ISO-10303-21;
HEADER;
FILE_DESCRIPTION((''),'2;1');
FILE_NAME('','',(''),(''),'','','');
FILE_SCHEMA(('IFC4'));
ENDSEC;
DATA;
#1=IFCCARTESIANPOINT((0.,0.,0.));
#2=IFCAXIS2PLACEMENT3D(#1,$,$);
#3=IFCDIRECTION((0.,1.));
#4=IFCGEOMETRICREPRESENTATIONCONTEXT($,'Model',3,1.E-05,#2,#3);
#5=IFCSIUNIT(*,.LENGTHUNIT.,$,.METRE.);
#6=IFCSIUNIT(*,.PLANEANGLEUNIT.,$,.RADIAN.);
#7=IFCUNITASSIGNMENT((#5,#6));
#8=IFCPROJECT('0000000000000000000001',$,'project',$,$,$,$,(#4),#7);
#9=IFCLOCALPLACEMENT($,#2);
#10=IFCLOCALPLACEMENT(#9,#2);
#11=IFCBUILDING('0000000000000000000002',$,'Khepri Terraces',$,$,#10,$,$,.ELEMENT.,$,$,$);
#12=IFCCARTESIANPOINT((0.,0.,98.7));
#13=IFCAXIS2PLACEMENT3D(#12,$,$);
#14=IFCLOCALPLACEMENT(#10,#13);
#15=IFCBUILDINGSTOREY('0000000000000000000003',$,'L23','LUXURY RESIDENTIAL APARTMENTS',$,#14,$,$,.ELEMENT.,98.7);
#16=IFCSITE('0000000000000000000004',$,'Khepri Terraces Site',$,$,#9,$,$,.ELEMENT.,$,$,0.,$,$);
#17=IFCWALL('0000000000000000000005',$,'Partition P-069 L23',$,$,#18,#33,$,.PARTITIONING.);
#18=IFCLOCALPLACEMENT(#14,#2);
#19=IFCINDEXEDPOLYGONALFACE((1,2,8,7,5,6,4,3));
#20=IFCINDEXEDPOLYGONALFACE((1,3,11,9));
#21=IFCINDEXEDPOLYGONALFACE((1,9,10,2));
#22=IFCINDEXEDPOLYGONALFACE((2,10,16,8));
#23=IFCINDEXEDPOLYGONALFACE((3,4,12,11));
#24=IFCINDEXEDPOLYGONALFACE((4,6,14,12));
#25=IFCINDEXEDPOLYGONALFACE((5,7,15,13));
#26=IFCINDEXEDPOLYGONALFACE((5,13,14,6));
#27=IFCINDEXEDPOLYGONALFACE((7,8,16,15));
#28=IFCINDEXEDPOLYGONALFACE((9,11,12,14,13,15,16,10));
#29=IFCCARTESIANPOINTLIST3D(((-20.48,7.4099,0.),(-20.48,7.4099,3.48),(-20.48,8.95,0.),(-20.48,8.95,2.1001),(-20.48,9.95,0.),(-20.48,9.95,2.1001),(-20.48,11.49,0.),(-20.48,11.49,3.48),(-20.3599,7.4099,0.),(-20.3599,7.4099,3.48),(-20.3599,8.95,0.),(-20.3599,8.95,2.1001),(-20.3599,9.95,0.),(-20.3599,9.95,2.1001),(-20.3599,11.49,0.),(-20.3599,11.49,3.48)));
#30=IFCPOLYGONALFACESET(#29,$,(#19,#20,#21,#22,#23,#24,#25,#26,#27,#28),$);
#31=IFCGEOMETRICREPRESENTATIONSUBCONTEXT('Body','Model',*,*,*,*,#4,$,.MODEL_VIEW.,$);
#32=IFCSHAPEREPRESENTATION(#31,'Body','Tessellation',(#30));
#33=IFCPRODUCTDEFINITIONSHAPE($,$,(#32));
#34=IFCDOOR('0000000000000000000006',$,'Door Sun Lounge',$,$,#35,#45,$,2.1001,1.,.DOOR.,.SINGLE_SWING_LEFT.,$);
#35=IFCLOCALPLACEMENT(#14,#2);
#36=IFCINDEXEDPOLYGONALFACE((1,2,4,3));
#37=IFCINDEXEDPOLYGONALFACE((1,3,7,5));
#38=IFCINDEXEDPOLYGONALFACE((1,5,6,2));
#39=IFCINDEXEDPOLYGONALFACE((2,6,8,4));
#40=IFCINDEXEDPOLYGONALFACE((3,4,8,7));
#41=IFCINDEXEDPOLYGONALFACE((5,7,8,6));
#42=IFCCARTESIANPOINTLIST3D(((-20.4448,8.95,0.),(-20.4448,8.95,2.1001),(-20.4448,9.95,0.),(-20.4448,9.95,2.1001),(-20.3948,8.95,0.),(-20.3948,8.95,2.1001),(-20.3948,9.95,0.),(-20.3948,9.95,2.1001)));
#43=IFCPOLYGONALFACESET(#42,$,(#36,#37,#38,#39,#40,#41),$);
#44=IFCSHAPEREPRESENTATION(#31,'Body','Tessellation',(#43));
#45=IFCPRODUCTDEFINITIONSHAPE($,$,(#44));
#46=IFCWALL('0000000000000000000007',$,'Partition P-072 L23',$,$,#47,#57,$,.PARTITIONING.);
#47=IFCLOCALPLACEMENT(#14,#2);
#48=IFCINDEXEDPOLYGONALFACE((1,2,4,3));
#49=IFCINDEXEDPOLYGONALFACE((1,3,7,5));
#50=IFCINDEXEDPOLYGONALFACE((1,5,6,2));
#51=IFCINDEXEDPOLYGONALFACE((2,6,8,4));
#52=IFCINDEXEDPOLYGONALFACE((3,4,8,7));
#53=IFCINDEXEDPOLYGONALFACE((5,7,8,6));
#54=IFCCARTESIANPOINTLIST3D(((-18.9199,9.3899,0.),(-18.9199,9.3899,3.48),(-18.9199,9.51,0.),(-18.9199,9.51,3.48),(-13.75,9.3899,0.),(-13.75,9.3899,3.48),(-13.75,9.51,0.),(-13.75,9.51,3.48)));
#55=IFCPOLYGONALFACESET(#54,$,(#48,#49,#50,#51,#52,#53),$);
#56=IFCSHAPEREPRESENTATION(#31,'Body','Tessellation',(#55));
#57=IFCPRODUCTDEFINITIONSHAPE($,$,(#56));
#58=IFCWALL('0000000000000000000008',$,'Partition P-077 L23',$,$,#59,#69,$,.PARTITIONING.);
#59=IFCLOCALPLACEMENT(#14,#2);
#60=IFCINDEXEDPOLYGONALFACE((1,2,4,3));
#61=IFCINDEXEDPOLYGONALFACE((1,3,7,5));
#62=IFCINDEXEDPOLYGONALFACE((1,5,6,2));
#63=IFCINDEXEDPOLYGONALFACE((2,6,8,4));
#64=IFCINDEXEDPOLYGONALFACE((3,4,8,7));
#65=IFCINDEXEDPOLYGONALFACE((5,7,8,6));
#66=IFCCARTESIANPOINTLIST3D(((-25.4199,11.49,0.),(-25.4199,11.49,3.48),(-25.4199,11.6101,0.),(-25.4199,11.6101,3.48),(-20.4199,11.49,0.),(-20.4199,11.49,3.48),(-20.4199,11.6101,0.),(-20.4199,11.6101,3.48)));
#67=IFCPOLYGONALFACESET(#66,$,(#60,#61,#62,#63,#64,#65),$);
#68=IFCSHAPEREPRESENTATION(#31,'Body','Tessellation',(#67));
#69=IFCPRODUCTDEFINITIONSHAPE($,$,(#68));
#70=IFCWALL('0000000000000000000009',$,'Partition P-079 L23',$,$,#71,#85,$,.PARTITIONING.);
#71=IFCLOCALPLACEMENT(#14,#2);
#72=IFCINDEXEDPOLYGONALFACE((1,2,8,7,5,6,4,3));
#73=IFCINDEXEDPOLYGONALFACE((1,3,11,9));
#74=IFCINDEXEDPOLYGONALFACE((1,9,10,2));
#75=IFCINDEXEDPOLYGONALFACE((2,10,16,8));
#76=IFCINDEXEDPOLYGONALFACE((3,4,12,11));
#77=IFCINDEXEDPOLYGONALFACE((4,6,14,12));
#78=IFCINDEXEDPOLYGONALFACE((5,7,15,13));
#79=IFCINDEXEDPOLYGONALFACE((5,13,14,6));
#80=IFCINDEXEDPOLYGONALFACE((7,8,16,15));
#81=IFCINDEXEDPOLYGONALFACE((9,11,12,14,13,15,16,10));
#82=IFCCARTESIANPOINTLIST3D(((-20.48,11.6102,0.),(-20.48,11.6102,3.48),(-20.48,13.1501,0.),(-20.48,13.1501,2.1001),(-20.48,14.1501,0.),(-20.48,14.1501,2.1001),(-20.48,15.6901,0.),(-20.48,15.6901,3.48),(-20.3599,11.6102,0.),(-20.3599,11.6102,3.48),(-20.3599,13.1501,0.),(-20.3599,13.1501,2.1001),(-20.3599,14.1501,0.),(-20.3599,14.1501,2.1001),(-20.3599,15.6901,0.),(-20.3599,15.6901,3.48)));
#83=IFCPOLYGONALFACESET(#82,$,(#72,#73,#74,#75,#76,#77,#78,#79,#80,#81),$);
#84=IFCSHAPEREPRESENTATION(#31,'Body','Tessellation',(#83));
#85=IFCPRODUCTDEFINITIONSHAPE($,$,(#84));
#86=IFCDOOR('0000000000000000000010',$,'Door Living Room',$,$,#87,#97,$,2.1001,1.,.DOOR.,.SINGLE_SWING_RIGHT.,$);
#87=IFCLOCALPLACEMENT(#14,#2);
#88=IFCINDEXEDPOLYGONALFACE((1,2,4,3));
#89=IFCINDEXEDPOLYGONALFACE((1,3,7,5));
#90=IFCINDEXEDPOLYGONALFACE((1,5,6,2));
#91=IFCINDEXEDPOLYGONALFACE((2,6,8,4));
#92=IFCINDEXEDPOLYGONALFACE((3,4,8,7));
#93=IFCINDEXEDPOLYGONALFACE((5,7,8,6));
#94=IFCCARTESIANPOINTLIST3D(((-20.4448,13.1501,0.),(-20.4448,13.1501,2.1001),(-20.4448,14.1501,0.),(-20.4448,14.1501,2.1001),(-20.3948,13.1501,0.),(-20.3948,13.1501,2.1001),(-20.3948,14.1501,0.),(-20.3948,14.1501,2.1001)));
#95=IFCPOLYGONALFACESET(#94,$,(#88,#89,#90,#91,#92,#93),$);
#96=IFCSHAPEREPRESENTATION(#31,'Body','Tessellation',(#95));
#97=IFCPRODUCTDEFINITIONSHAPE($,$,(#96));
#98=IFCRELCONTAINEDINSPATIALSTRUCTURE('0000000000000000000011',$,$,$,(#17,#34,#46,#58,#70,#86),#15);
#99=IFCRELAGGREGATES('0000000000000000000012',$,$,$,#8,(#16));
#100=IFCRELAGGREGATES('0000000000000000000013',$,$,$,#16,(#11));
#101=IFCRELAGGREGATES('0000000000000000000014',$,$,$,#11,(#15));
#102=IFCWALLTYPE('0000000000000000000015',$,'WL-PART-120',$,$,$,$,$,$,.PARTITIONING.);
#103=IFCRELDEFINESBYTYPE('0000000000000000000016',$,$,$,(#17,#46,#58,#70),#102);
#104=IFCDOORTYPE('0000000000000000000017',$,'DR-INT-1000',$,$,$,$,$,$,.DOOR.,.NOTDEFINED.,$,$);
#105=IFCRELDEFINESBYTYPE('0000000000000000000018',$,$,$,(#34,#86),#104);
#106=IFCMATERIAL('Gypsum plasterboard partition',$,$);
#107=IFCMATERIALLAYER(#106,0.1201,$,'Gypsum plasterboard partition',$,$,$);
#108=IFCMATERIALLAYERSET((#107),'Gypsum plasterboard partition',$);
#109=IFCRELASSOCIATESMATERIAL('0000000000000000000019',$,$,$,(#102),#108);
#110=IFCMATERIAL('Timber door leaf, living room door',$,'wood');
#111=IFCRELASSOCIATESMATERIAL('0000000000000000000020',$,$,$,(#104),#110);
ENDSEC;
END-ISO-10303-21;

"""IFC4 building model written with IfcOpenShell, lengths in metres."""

from ifc_helpers import new_model, si_unit, direction, frame, frame_2d, origin, place, context, subcontext, project, spatial, rectangle, extrude, material, layer, layer_set, type_object, element, fill, save


model = new_model("IFC4")

# Units and contexts
model_context = context("Model", 3, precision=1e-05, world=origin(), true_north=direction((0.0, 1.0)))
body_context = subcontext(model_context, "Body", "Model", "MODEL_VIEW")
ifc_project = project(units=[si_unit("LENGTHUNIT", "METRE"), si_unit("PLANEANGLEUNIT", "RADIAN")], contexts=[model_context])

# Site, building, storey
site_placement = place(None, origin())
site = spatial("IfcSite", under=ifc_project, at=site_placement, Name="Khepri Terraces Site", CompositionType="ELEMENT", RefElevation=0.0)
building_placement = place(site_placement, origin())
building = spatial("IfcBuilding", under=site, at=building_placement, Name="Khepri Terraces", CompositionType="ELEMENT")
storey_placement = place(building_placement, frame((0.0, 0.0, 98.7)))
storey = spatial("IfcBuildingStorey", under=building, at=storey_placement, Name="L23", Description="LUXURY RESIDENTIAL APARTMENTS", CompositionType="ELEMENT", Elevation=98.7)

# Shared definitions
ifc_material_1 = material(Name="Gypsum plasterboard partition")
ifc_layer_1 = layer(ifc_material_1, 0.1201, Name="Gypsum plasterboard partition")
ifc_layer_set_1 = layer_set([ifc_layer_1], Name="Gypsum plasterboard partition")
wall_type_1 = type_object("IfcWallType", Name="WL-PART-120", PredefinedType="PARTITIONING", material=ifc_layer_set_1)

# Wall, opening, door
wall_1_placement = place(storey_placement, frame((-20.4199, 7.4099, 0.0), z_axis=(0.0, 0.0, 1.0), x_axis=(0.0, 1.0, 0.0)))
wall_1 = element("IfcWall", 1, at=wall_1_placement, inside=storey, type_object=wall_type_1, Name="Partition P-069 L23", PredefinedType="PARTITIONING", context=body_context, shape_type="SweptSolid", body=[
    extrude(rectangle(XDim=4.0801, YDim=0.1201, at=frame_2d((2.04, 0.0))), origin(), (0.0, 0.0, 1.0), 3.48),
])
opening_1_placement = place(wall_1_placement, frame((1.54, 0.0, 0.0)))
opening_1 = element("IfcOpeningElement", 2, at=opening_1_placement, cuts=wall_1, PredefinedType="OPENING", context=body_context, shape_type="SweptSolid", body=[
    extrude(rectangle(XDim=1.0, YDim=2.1001, at=frame_2d((0.5, 1.05))), frame((0.0, 0.0701, 0.0), z_axis=(0.0, -1.0, 0.0), x_axis=(1.0, 0.0, 0.0)), (0.0, 0.0, 1.0), 0.1401),
])
ifc_material_2 = material(Name="Timber door leaf, living room door", Category="wood")
door_type_1 = type_object("IfcDoorType", Name="DR-INT-1000", OperationType="NOTDEFINED", PredefinedType="DOOR", material=ifc_material_2)
door_1_placement = place(opening_1_placement, origin())
door_1 = element("IfcDoor", 3, at=door_1_placement, inside=storey, type_object=door_type_1, Name="Door Sun Lounge", OperationType="SINGLE_SWING_LEFT", OverallHeight=2.1001, OverallWidth=1.0, PredefinedType="DOOR", context=body_context, shape_type="SweptSolid", body=[
    extrude(rectangle(XDim=1.0, YDim=2.1001, at=frame_2d((0.5, 1.05))), frame((0.0, 0.0249, 0.0), z_axis=(0.0, -1.0, 0.0), x_axis=(1.0, 0.0, 0.0)), (0.0, 0.0, 1.0), 0.05),
])
fill(opening_1, door_1)

# Walls
wall_2_placement = place(storey_placement, frame((-18.9199, 9.45, 0.0), z_axis=(0.0, 0.0, 1.0), x_axis=(1.0, 0.0, 0.0)))
element("IfcWall", 4, at=wall_2_placement, inside=storey, type_object=wall_type_1, Name="Partition P-072 L23", PredefinedType="PARTITIONING", context=body_context, shape_type="SweptSolid", body=[
    extrude(rectangle(XDim=5.1699, YDim=0.1201, at=frame_2d((2.585, 0.0))), origin(), (0.0, 0.0, 1.0), 3.48),
])
wall_3_placement = place(storey_placement, frame((-25.4199, 11.55, 0.0), z_axis=(0.0, 0.0, 1.0), x_axis=(1.0, 0.0, 0.0)))
element("IfcWall", 5, at=wall_3_placement, inside=storey, type_object=wall_type_1, Name="Partition P-077 L23", PredefinedType="PARTITIONING", context=body_context, shape_type="SweptSolid", body=[
    extrude(rectangle(XDim=5.0, YDim=0.1201, at=frame_2d((2.5, 0.0))), origin(), (0.0, 0.0, 1.0), 3.48),
])

# Wall, opening, door
wall_4_placement = place(storey_placement, frame((-20.4199, 11.6101, 0.0), z_axis=(0.0, 0.0, 1.0), x_axis=(0.0, 1.0, 0.0)))
wall_4 = element("IfcWall", 6, at=wall_4_placement, inside=storey, type_object=wall_type_1, Name="Partition P-079 L23", PredefinedType="PARTITIONING", context=body_context, shape_type="SweptSolid", body=[
    extrude(rectangle(XDim=4.0798, YDim=0.1201, at=frame_2d((2.04, 0.0))), origin(), (0.0, 0.0, 1.0), 3.48),
])
opening_2_placement = place(wall_4_placement, frame((1.54, 0.0, 0.0)))
opening_2 = element("IfcOpeningElement", 7, at=opening_2_placement, cuts=wall_4, PredefinedType="OPENING", context=body_context, shape_type="SweptSolid", body=[
    extrude(rectangle(XDim=1.0, YDim=2.1001, at=frame_2d((0.5, 1.05))), frame((0.0, 0.0701, 0.0), z_axis=(0.0, -1.0, 0.0), x_axis=(1.0, 0.0, 0.0)), (0.0, 0.0, 1.0), 0.1401),
])
door_2_placement = place(opening_2_placement, origin())
door_2 = element("IfcDoor", 8, at=door_2_placement, inside=storey, type_object=door_type_1, Name="Door Living Room", OperationType="SINGLE_SWING_RIGHT", OverallHeight=2.1001, OverallWidth=1.0, PredefinedType="DOOR", context=body_context, shape_type="SweptSolid", body=[
    extrude(rectangle(XDim=1.0, YDim=2.1001, at=frame_2d((0.5, 1.05))), frame((0.0, 0.0249, 0.0), z_axis=(0.0, -1.0, 0.0), x_axis=(1.0, 0.0, 0.0)), (0.0, 0.0, 1.0), 0.05),
])
fill(opening_2, door_2)

save(model, "model.ifc")
